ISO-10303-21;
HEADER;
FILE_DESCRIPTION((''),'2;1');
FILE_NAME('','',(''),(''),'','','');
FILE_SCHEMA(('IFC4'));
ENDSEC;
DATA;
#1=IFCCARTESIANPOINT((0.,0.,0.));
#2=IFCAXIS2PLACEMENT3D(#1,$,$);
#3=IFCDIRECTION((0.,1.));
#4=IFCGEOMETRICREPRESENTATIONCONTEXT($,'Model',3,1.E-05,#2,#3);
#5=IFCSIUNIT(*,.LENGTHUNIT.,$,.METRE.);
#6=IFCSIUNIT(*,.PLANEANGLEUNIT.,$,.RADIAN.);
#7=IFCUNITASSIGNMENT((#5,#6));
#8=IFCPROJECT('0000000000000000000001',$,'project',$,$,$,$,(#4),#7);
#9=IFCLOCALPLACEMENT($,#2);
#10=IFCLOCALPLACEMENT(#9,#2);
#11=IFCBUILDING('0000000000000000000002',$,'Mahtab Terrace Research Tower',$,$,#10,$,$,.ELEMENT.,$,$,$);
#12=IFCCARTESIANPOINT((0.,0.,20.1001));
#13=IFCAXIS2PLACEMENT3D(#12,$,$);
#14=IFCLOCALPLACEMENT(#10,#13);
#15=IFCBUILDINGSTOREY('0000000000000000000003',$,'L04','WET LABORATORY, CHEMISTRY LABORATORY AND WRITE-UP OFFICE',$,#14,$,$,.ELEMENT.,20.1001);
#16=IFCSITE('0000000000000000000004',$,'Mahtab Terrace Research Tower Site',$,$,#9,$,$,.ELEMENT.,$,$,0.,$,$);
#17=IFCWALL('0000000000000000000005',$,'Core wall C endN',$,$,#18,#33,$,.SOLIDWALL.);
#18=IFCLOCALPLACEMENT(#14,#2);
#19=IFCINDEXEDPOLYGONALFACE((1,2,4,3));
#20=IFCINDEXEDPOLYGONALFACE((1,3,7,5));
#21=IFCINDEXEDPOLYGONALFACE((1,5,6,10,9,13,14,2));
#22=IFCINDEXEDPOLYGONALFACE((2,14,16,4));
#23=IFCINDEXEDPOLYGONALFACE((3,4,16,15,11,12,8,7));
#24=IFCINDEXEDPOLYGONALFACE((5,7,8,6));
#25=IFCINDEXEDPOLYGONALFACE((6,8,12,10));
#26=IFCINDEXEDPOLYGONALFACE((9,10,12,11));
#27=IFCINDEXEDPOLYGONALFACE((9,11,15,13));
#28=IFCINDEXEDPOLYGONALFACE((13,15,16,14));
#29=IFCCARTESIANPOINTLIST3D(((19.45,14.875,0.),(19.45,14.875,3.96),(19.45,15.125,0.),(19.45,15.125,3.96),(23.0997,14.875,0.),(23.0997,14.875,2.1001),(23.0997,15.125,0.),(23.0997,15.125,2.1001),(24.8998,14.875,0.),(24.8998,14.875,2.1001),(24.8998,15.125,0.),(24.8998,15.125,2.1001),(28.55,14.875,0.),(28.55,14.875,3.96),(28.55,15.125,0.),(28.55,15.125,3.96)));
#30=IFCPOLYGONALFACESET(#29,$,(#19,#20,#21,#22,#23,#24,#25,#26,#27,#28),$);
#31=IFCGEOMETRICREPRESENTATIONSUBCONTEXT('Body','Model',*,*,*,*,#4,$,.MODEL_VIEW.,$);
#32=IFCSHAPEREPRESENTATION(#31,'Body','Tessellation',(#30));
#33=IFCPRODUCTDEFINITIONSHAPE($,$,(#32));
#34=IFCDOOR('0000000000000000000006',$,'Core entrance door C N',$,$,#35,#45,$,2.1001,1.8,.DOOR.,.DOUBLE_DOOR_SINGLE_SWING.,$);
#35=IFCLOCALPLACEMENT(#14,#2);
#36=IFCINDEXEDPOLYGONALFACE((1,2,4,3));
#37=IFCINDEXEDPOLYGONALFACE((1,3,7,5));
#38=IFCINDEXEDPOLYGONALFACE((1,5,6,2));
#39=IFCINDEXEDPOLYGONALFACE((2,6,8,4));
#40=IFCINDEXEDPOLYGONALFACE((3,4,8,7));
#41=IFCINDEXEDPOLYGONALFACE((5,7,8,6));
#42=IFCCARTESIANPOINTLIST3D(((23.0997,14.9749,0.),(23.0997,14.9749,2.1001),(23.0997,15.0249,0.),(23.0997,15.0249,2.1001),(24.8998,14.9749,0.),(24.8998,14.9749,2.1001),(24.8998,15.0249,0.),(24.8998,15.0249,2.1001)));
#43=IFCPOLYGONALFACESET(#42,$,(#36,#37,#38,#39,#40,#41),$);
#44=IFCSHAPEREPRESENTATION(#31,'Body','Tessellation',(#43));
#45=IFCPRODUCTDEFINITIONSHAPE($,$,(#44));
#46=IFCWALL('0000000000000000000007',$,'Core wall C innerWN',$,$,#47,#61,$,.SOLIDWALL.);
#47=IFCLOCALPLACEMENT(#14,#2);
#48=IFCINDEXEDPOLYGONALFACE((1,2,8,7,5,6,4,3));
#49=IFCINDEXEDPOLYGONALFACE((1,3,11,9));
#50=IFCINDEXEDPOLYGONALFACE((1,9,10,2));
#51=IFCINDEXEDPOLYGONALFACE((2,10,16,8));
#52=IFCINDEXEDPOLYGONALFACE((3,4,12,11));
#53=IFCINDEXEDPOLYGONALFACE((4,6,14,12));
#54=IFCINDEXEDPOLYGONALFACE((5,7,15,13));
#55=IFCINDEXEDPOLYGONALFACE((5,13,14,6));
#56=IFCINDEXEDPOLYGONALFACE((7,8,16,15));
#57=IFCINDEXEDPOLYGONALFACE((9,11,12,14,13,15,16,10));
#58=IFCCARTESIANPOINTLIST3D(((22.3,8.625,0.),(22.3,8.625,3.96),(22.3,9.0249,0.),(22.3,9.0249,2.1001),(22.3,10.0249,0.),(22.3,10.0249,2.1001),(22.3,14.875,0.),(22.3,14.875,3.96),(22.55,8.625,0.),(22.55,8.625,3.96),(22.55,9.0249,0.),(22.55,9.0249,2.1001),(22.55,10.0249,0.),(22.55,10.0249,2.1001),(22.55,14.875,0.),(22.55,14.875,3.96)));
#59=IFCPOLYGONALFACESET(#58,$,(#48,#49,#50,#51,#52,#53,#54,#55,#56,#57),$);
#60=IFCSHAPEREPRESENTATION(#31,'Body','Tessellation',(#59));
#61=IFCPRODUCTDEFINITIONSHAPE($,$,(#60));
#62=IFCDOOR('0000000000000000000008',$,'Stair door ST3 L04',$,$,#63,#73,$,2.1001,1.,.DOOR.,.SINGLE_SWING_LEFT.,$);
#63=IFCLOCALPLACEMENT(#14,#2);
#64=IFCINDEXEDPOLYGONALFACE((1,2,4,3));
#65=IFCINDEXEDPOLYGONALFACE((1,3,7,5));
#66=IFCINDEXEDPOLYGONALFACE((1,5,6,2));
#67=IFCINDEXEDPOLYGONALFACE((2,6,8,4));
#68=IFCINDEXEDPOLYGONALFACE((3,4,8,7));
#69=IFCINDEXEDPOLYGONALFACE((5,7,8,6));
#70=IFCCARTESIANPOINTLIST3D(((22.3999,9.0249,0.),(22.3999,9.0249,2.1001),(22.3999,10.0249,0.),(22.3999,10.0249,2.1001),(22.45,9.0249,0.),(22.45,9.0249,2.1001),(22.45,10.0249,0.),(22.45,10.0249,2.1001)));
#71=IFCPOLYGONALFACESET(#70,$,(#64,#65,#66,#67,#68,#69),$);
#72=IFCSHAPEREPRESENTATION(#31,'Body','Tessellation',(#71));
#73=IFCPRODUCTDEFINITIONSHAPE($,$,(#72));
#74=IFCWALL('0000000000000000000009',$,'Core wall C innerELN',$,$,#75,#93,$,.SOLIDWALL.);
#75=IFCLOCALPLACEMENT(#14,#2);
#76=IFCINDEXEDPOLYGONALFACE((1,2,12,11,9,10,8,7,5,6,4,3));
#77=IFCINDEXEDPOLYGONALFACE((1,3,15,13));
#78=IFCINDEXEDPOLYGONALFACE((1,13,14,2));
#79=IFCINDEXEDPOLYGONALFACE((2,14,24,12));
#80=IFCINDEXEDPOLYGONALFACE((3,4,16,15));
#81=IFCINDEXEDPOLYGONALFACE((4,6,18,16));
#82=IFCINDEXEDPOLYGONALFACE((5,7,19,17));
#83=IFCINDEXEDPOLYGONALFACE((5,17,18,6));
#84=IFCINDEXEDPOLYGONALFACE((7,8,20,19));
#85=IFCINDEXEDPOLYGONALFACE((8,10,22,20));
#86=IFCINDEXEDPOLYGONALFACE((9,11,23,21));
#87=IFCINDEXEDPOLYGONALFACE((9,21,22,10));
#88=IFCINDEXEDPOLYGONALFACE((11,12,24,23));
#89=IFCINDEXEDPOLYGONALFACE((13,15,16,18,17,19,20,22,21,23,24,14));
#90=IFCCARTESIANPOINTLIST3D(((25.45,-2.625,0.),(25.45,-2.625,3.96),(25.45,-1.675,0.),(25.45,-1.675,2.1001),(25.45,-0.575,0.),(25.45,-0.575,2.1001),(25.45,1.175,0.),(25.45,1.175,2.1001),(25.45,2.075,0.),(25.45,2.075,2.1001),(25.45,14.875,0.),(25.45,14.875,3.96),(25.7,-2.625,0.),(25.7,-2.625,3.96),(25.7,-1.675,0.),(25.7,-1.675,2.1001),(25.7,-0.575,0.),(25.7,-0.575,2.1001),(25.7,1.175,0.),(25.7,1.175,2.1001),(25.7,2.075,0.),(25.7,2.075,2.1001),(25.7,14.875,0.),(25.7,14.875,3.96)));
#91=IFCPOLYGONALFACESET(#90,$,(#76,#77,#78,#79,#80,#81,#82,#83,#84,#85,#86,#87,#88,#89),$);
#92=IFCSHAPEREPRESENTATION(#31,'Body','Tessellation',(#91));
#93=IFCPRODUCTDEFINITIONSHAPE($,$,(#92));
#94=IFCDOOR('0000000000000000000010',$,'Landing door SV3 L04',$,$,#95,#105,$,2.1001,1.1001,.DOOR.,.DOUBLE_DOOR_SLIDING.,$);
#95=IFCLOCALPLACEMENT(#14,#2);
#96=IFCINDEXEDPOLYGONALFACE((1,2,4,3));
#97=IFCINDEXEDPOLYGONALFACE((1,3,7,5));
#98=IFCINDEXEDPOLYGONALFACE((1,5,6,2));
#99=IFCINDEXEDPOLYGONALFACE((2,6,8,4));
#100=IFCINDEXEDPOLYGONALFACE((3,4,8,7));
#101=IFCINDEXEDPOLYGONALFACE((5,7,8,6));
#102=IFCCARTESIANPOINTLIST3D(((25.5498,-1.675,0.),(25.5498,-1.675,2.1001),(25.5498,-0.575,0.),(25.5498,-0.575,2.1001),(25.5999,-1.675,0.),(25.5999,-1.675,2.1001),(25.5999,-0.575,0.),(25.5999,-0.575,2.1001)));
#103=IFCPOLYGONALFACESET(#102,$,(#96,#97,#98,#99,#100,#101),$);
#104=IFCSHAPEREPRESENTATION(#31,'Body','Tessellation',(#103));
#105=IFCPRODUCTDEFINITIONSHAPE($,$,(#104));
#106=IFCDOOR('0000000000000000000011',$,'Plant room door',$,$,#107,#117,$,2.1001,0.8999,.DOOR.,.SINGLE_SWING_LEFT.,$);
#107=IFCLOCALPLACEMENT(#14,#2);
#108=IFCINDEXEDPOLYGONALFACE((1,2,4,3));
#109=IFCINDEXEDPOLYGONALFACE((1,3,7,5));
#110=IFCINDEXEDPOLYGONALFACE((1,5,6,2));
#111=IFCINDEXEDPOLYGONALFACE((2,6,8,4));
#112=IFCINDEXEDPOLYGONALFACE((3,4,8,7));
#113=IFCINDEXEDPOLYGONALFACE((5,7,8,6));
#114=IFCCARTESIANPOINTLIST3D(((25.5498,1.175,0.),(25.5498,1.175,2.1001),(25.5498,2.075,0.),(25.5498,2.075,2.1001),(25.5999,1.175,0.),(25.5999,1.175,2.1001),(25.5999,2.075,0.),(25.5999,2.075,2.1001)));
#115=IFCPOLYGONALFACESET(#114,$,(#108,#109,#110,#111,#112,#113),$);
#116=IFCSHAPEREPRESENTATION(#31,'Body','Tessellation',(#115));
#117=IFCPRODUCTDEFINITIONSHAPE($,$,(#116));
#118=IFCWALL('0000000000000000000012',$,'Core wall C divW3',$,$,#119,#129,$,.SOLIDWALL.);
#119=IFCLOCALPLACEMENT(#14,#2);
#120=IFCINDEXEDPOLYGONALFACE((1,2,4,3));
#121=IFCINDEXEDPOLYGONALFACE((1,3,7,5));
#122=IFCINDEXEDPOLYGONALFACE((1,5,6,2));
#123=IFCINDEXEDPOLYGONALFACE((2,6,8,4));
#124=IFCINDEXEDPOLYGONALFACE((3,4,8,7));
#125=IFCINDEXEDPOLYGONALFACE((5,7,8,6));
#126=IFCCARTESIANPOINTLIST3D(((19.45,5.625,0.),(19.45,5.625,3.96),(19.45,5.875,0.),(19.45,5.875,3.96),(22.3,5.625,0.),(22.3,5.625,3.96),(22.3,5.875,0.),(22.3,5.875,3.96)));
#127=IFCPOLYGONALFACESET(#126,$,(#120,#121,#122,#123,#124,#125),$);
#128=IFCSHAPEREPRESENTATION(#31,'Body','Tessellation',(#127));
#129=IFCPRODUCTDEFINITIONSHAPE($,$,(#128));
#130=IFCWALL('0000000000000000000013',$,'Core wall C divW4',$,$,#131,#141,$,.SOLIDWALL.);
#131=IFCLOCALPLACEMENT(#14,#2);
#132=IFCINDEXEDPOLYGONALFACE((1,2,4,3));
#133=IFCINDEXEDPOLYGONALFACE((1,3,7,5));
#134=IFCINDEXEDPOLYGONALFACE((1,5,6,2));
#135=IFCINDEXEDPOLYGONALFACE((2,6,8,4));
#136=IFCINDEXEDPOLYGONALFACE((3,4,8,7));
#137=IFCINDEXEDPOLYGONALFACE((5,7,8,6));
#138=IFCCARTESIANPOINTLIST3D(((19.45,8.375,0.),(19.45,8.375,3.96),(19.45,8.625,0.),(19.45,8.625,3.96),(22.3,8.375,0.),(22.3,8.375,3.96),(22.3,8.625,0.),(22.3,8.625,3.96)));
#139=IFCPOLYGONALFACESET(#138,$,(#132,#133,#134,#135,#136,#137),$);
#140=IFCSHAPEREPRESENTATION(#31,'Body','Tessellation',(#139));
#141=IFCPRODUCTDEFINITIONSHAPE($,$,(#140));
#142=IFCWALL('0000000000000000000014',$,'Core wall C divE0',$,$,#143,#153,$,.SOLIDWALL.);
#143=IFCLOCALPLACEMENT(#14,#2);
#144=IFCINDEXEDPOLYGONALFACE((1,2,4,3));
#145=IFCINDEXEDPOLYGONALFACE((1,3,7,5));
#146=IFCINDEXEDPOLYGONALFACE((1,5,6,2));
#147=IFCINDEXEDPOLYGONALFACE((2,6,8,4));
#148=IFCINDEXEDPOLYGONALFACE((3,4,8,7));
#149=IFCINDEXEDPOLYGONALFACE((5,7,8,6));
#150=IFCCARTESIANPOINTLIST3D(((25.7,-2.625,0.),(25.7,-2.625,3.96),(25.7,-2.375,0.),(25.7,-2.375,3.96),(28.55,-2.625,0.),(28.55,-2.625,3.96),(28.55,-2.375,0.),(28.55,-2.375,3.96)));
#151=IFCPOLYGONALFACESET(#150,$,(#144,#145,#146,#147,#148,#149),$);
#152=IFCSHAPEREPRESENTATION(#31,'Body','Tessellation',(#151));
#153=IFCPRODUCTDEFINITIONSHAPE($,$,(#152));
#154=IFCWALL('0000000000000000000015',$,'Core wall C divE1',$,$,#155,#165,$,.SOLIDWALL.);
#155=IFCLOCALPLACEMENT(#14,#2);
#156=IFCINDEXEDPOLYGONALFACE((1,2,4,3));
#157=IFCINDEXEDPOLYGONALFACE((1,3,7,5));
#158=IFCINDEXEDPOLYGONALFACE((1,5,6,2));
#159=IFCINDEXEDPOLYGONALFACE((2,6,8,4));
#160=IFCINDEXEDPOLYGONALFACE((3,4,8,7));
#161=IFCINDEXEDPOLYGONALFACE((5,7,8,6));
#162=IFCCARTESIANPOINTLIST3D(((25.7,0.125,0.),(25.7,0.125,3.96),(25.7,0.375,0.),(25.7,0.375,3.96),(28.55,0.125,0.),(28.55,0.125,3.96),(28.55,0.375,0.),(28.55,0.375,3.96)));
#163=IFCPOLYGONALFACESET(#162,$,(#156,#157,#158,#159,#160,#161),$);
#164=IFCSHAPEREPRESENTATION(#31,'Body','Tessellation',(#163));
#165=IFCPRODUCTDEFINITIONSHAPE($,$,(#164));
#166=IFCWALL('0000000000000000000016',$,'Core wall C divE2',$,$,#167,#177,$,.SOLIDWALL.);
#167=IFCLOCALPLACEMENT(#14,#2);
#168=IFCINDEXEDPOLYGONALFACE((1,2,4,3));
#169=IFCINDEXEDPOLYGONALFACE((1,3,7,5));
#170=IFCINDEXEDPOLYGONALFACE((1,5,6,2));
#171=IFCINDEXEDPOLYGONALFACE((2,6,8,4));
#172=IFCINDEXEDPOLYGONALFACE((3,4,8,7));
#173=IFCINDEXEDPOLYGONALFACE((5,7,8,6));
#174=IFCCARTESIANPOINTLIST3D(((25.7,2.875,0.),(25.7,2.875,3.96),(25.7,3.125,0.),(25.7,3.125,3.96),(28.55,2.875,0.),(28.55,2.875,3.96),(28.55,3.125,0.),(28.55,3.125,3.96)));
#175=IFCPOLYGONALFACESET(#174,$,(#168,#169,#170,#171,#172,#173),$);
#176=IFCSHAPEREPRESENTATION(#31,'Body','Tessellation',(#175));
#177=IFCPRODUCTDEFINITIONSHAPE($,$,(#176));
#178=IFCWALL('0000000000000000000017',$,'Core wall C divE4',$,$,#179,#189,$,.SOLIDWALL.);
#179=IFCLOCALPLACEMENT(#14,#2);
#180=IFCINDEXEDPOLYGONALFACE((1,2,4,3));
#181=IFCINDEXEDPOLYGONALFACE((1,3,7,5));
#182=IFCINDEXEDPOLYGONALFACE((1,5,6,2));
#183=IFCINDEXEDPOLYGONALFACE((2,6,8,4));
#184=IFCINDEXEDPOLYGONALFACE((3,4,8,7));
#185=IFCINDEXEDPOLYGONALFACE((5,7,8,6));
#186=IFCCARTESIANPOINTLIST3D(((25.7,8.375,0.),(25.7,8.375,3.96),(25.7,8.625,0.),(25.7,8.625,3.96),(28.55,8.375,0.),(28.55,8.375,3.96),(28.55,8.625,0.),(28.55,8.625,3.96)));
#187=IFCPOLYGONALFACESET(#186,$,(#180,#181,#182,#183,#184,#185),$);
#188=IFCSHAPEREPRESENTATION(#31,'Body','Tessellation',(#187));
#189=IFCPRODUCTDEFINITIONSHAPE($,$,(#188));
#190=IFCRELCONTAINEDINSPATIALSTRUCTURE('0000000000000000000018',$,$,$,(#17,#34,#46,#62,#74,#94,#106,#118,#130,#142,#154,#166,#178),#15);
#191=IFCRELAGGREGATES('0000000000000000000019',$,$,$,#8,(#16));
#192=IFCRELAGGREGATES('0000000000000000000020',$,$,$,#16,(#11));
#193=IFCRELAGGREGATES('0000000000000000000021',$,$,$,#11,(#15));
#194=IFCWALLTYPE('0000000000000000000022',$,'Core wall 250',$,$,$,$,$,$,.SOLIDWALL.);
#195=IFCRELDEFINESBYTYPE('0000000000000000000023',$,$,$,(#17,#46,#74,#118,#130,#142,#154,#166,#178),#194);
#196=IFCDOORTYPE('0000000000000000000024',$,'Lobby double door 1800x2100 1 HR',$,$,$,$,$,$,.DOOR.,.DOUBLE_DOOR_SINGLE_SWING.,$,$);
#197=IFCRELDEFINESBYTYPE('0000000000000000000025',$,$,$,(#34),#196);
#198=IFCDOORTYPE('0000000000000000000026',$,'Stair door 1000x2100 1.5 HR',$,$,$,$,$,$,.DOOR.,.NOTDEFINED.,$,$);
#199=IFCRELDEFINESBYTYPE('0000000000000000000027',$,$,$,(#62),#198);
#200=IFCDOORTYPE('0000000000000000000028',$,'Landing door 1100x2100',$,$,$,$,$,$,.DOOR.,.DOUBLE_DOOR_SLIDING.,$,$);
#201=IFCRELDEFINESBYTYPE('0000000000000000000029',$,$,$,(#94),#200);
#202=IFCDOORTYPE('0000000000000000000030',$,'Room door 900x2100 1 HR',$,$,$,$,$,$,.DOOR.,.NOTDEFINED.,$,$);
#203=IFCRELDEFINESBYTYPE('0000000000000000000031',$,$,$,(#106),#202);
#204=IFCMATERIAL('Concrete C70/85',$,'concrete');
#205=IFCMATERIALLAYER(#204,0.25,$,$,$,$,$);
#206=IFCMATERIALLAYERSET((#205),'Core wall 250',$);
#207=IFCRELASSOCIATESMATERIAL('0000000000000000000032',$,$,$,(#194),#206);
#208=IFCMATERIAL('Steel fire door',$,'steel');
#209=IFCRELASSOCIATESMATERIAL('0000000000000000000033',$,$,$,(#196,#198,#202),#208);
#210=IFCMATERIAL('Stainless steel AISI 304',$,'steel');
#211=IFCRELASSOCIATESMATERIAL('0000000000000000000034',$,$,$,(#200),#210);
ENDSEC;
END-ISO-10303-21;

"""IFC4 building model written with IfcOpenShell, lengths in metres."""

from ifc_helpers import new_model, si_unit, direction, frame, frame_2d, origin, place, context, subcontext, project, spatial, rectangle, extrude, material, layer, layer_set, type_object, element, fill, save


model = new_model("IFC4")

# Units and contexts
model_context = context("Model", 3, precision=1e-05, world=origin(), true_north=direction((0.0, 1.0)))
body_context = subcontext(model_context, "Body", "Model", "MODEL_VIEW")
ifc_project = project(units=[si_unit("LENGTHUNIT", "METRE"), si_unit("PLANEANGLEUNIT", "RADIAN")], contexts=[model_context])

# Site, building, storey
site_placement = place(None, origin())
site = spatial("IfcSite", under=ifc_project, at=site_placement, Name="Mahtab Terrace Research Tower Site", CompositionType="ELEMENT", RefElevation=0.0)
building_placement = place(site_placement, origin())
building = spatial("IfcBuilding", under=site, at=building_placement, Name="Mahtab Terrace Research Tower", CompositionType="ELEMENT")
storey_placement = place(building_placement, frame((0.0, 0.0, 20.1001)))
storey = spatial("IfcBuildingStorey", under=building, at=storey_placement, Name="L04", Description="WET LABORATORY, CHEMISTRY LABORATORY AND WRITE-UP OFFICE", CompositionType="ELEMENT", Elevation=20.1001)

# Shared definitions
ifc_material_1 = material(Name="Concrete C70/85", Category="concrete")

# Walls, openings, doors
ifc_layer_1 = layer(ifc_material_1, 0.25)
ifc_layer_set_1 = layer_set([ifc_layer_1], Name="Core wall 250")
wall_type_1 = type_object("IfcWallType", Name="Core wall 250", PredefinedType="SOLIDWALL", material=ifc_layer_set_1)
wall_1_placement = place(storey_placement, frame((19.45, 15.0, 0.0), z_axis=(0.0, 0.0, 1.0), x_axis=(1.0, 0.0, 0.0)))
wall_1 = element("IfcWall", 1, at=wall_1_placement, inside=storey, type_object=wall_type_1, Name="Core wall C endN", PredefinedType="SOLIDWALL", context=body_context, shape_type="SweptSolid", body=[
    extrude(rectangle(XDim=9.1001, YDim=0.25, at=frame_2d((4.55, 0.0))), origin(), (0.0, 0.0, 1.0), 3.96),
])
opening_1_placement = place(wall_1_placement, frame((3.6499, 0.0, 0.0)))
opening_1 = element("IfcOpeningElement", 2, at=opening_1_placement, cuts=wall_1, PredefinedType="OPENING", context=body_context, shape_type="SweptSolid", body=[
    extrude(rectangle(XDim=1.8, YDim=2.1001, at=frame_2d((0.8999, 1.05))), frame((0.0, 0.135, 0.0), z_axis=(0.0, -1.0, 0.0), x_axis=(1.0, 0.0, 0.0)), (0.0, 0.0, 1.0), 0.27),
])
ifc_material_2 = material(Name="Steel fire door", Category="steel")
door_type_1 = type_object("IfcDoorType", Name="Lobby double door 1800x2100 1 HR", OperationType="DOUBLE_DOOR_SINGLE_SWING", PredefinedType="DOOR", material=ifc_material_2)
door_1_placement = place(opening_1_placement, origin())
door_1 = element("IfcDoor", 3, at=door_1_placement, inside=storey, type_object=door_type_1, Name="Core entrance door C N", OperationType="DOUBLE_DOOR_SINGLE_SWING", OverallHeight=2.1001, OverallWidth=1.8, PredefinedType="DOOR", context=body_context, shape_type="SweptSolid", body=[
    extrude(rectangle(XDim=1.8, YDim=2.1001, at=frame_2d((0.8999, 1.05))), frame((0.0, 0.0249, 0.0), z_axis=(0.0, -1.0, 0.0), x_axis=(1.0, 0.0, 0.0)), (0.0, 0.0, 1.0), 0.05),
])
fill(opening_1, door_1)
wall_2_placement = place(storey_placement, frame((22.425, 14.875, 0.0), z_axis=(0.0, 0.0, 1.0), x_axis=(0.0, -1.0, 0.0)))
wall_2 = element("IfcWall", 4, at=wall_2_placement, inside=storey, type_object=wall_type_1, Name="Core wall C innerWN", PredefinedType="SOLIDWALL", context=body_context, shape_type="SweptSolid", body=[
    extrude(rectangle(XDim=6.25, YDim=0.25, at=frame_2d((3.125, 0.0))), origin(), (0.0, 0.0, 1.0), 3.96),
])
opening_2_placement = place(wall_2_placement, frame((4.8501, 0.0, 0.0)))
opening_2 = element("IfcOpeningElement", 5, at=opening_2_placement, cuts=wall_2, PredefinedType="OPENING", context=body_context, shape_type="SweptSolid", body=[
    extrude(rectangle(XDim=1.0, YDim=2.1001, at=frame_2d((0.5, 1.05))), frame((0.0, 0.135, 0.0), z_axis=(0.0, -1.0, 0.0), x_axis=(1.0, 0.0, 0.0)), (0.0, 0.0, 1.0), 0.27),
])
door_type_2 = type_object("IfcDoorType", Name="Stair door 1000x2100 1.5 HR", OperationType="NOTDEFINED", PredefinedType="DOOR", material=ifc_material_2)
door_2_placement = place(opening_2_placement, origin())
door_2 = element("IfcDoor", 6, at=door_2_placement, inside=storey, type_object=door_type_2, Name="Stair door ST3 L04", OperationType="SINGLE_SWING_LEFT", OverallHeight=2.1001, OverallWidth=1.0, PredefinedType="DOOR", context=body_context, shape_type="SweptSolid", body=[
    extrude(rectangle(XDim=1.0, YDim=2.1001, at=frame_2d((0.5, 1.05))), frame((0.0, 0.0249, 0.0), z_axis=(0.0, -1.0, 0.0), x_axis=(1.0, 0.0, 0.0)), (0.0, 0.0, 1.0), 0.05),
])
fill(opening_2, door_2)

# Wall, openings, doors
wall_3_placement = place(storey_placement, frame((25.575, 14.875, 0.0), z_axis=(0.0, 0.0, 1.0), x_axis=(0.0, -1.0, 0.0)))
wall_3 = element("IfcWall", 7, at=wall_3_placement, inside=storey, type_object=wall_type_1, Name="Core wall C innerELN", PredefinedType="SOLIDWALL", context=body_context, shape_type="SweptSolid", body=[
    extrude(rectangle(XDim=17.5, YDim=0.25, at=frame_2d((8.75, 0.0))), origin(), (0.0, 0.0, 1.0), 3.96),
])
opening_3_placement = place(wall_3_placement, frame((15.45, 0.0, 0.0)))
opening_3 = element("IfcOpeningElement", 8, at=opening_3_placement, cuts=wall_3, PredefinedType="OPENING", context=body_context, shape_type="SweptSolid", body=[
    extrude(rectangle(XDim=1.1001, YDim=2.1001, at=frame_2d((0.55, 1.05))), frame((0.0, 0.135, 0.0), z_axis=(0.0, -1.0, 0.0), x_axis=(1.0, 0.0, 0.0)), (0.0, 0.0, 1.0), 0.27),
])
opening_4_placement = place(wall_3_placement, frame((12.8, 0.0, 0.0)))
opening_4 = element("IfcOpeningElement", 9, at=opening_4_placement, cuts=wall_3, PredefinedType="OPENING", context=body_context, shape_type="SweptSolid", body=[
    extrude(rectangle(XDim=0.8999, YDim=2.1001, at=frame_2d((0.45, 1.05))), frame((0.0, 0.135, 0.0), z_axis=(0.0, -1.0, 0.0), x_axis=(1.0, 0.0, 0.0)), (0.0, 0.0, 1.0), 0.27),
])
ifc_material_3 = material(Name="Stainless steel AISI 304", Category="steel")
door_type_3 = type_object("IfcDoorType", Name="Landing door 1100x2100", OperationType="DOUBLE_DOOR_SLIDING", PredefinedType="DOOR", material=ifc_material_3)
door_3_placement = place(opening_3_placement, origin())
door_3 = element("IfcDoor", 10, at=door_3_placement, inside=storey, type_object=door_type_3, Name="Landing door SV3 L04", OperationType="DOUBLE_DOOR_SLIDING", OverallHeight=2.1001, OverallWidth=1.1001, PredefinedType="DOOR", context=body_context, shape_type="SweptSolid", body=[
    extrude(rectangle(XDim=1.1001, YDim=2.1001, at=frame_2d((0.55, 1.05))), frame((0.0, 0.0249, 0.0), z_axis=(0.0, -1.0, 0.0), x_axis=(1.0, 0.0, 0.0)), (0.0, 0.0, 1.0), 0.05),
])
fill(opening_3, door_3)
door_type_4 = type_object("IfcDoorType", Name="Room door 900x2100 1 HR", OperationType="NOTDEFINED", PredefinedType="DOOR", material=ifc_material_2)
door_4_placement = place(opening_4_placement, origin())
door_4 = element("IfcDoor", 11, at=door_4_placement, inside=storey, type_object=door_type_4, Name="Plant room door", OperationType="SINGLE_SWING_LEFT", OverallHeight=2.1001, OverallWidth=0.8999, PredefinedType="DOOR", context=body_context, shape_type="SweptSolid", body=[
    extrude(rectangle(XDim=0.8999, YDim=2.1001, at=frame_2d((0.45, 1.05))), frame((0.0, 0.0249, 0.0), z_axis=(0.0, -1.0, 0.0), x_axis=(1.0, 0.0, 0.0)), (0.0, 0.0, 1.0), 0.05),
])
fill(opening_4, door_4)

# Walls
for number, where, z_axis, x_axis, name in (
    (12, (19.45, 5.75, 0.0), (0.0, 0.0, 1.0), (1.0, 0.0, 0.0), "Core wall C divW3"),
    (13, (19.45, 8.5, 0.0), (0.0, 0.0, 1.0), (1.0, 0.0, 0.0), "Core wall C divW4"),
    (14, (25.7, -2.5, 0.0), (0.0, 0.0, 1.0), (1.0, 0.0, 0.0), "Core wall C divE0"),
    (15, (25.7, 0.25, 0.0), (0.0, 0.0, 1.0), (1.0, 0.0, 0.0), "Core wall C divE1"),
    (16, (25.7, 3.0, 0.0), (0.0, 0.0, 1.0), (1.0, 0.0, 0.0), "Core wall C divE2"),
    (17, (25.7, 8.5, 0.0), (0.0, 0.0, 1.0), (1.0, 0.0, 0.0), "Core wall C divE4"),
):
    element("IfcWall", number, at=place(storey_placement, frame(where, z_axis=z_axis, x_axis=x_axis)), inside=storey, type_object=wall_type_1, Name=name, PredefinedType="SOLIDWALL", context=body_context, shape_type="SweptSolid", body=[
        extrude(rectangle(XDim=2.8501, YDim=0.25, at=frame_2d((1.425, 0.0))), origin(), (0.0, 0.0, 1.0), 3.96),
    ])

save(model, "model.ifc")
